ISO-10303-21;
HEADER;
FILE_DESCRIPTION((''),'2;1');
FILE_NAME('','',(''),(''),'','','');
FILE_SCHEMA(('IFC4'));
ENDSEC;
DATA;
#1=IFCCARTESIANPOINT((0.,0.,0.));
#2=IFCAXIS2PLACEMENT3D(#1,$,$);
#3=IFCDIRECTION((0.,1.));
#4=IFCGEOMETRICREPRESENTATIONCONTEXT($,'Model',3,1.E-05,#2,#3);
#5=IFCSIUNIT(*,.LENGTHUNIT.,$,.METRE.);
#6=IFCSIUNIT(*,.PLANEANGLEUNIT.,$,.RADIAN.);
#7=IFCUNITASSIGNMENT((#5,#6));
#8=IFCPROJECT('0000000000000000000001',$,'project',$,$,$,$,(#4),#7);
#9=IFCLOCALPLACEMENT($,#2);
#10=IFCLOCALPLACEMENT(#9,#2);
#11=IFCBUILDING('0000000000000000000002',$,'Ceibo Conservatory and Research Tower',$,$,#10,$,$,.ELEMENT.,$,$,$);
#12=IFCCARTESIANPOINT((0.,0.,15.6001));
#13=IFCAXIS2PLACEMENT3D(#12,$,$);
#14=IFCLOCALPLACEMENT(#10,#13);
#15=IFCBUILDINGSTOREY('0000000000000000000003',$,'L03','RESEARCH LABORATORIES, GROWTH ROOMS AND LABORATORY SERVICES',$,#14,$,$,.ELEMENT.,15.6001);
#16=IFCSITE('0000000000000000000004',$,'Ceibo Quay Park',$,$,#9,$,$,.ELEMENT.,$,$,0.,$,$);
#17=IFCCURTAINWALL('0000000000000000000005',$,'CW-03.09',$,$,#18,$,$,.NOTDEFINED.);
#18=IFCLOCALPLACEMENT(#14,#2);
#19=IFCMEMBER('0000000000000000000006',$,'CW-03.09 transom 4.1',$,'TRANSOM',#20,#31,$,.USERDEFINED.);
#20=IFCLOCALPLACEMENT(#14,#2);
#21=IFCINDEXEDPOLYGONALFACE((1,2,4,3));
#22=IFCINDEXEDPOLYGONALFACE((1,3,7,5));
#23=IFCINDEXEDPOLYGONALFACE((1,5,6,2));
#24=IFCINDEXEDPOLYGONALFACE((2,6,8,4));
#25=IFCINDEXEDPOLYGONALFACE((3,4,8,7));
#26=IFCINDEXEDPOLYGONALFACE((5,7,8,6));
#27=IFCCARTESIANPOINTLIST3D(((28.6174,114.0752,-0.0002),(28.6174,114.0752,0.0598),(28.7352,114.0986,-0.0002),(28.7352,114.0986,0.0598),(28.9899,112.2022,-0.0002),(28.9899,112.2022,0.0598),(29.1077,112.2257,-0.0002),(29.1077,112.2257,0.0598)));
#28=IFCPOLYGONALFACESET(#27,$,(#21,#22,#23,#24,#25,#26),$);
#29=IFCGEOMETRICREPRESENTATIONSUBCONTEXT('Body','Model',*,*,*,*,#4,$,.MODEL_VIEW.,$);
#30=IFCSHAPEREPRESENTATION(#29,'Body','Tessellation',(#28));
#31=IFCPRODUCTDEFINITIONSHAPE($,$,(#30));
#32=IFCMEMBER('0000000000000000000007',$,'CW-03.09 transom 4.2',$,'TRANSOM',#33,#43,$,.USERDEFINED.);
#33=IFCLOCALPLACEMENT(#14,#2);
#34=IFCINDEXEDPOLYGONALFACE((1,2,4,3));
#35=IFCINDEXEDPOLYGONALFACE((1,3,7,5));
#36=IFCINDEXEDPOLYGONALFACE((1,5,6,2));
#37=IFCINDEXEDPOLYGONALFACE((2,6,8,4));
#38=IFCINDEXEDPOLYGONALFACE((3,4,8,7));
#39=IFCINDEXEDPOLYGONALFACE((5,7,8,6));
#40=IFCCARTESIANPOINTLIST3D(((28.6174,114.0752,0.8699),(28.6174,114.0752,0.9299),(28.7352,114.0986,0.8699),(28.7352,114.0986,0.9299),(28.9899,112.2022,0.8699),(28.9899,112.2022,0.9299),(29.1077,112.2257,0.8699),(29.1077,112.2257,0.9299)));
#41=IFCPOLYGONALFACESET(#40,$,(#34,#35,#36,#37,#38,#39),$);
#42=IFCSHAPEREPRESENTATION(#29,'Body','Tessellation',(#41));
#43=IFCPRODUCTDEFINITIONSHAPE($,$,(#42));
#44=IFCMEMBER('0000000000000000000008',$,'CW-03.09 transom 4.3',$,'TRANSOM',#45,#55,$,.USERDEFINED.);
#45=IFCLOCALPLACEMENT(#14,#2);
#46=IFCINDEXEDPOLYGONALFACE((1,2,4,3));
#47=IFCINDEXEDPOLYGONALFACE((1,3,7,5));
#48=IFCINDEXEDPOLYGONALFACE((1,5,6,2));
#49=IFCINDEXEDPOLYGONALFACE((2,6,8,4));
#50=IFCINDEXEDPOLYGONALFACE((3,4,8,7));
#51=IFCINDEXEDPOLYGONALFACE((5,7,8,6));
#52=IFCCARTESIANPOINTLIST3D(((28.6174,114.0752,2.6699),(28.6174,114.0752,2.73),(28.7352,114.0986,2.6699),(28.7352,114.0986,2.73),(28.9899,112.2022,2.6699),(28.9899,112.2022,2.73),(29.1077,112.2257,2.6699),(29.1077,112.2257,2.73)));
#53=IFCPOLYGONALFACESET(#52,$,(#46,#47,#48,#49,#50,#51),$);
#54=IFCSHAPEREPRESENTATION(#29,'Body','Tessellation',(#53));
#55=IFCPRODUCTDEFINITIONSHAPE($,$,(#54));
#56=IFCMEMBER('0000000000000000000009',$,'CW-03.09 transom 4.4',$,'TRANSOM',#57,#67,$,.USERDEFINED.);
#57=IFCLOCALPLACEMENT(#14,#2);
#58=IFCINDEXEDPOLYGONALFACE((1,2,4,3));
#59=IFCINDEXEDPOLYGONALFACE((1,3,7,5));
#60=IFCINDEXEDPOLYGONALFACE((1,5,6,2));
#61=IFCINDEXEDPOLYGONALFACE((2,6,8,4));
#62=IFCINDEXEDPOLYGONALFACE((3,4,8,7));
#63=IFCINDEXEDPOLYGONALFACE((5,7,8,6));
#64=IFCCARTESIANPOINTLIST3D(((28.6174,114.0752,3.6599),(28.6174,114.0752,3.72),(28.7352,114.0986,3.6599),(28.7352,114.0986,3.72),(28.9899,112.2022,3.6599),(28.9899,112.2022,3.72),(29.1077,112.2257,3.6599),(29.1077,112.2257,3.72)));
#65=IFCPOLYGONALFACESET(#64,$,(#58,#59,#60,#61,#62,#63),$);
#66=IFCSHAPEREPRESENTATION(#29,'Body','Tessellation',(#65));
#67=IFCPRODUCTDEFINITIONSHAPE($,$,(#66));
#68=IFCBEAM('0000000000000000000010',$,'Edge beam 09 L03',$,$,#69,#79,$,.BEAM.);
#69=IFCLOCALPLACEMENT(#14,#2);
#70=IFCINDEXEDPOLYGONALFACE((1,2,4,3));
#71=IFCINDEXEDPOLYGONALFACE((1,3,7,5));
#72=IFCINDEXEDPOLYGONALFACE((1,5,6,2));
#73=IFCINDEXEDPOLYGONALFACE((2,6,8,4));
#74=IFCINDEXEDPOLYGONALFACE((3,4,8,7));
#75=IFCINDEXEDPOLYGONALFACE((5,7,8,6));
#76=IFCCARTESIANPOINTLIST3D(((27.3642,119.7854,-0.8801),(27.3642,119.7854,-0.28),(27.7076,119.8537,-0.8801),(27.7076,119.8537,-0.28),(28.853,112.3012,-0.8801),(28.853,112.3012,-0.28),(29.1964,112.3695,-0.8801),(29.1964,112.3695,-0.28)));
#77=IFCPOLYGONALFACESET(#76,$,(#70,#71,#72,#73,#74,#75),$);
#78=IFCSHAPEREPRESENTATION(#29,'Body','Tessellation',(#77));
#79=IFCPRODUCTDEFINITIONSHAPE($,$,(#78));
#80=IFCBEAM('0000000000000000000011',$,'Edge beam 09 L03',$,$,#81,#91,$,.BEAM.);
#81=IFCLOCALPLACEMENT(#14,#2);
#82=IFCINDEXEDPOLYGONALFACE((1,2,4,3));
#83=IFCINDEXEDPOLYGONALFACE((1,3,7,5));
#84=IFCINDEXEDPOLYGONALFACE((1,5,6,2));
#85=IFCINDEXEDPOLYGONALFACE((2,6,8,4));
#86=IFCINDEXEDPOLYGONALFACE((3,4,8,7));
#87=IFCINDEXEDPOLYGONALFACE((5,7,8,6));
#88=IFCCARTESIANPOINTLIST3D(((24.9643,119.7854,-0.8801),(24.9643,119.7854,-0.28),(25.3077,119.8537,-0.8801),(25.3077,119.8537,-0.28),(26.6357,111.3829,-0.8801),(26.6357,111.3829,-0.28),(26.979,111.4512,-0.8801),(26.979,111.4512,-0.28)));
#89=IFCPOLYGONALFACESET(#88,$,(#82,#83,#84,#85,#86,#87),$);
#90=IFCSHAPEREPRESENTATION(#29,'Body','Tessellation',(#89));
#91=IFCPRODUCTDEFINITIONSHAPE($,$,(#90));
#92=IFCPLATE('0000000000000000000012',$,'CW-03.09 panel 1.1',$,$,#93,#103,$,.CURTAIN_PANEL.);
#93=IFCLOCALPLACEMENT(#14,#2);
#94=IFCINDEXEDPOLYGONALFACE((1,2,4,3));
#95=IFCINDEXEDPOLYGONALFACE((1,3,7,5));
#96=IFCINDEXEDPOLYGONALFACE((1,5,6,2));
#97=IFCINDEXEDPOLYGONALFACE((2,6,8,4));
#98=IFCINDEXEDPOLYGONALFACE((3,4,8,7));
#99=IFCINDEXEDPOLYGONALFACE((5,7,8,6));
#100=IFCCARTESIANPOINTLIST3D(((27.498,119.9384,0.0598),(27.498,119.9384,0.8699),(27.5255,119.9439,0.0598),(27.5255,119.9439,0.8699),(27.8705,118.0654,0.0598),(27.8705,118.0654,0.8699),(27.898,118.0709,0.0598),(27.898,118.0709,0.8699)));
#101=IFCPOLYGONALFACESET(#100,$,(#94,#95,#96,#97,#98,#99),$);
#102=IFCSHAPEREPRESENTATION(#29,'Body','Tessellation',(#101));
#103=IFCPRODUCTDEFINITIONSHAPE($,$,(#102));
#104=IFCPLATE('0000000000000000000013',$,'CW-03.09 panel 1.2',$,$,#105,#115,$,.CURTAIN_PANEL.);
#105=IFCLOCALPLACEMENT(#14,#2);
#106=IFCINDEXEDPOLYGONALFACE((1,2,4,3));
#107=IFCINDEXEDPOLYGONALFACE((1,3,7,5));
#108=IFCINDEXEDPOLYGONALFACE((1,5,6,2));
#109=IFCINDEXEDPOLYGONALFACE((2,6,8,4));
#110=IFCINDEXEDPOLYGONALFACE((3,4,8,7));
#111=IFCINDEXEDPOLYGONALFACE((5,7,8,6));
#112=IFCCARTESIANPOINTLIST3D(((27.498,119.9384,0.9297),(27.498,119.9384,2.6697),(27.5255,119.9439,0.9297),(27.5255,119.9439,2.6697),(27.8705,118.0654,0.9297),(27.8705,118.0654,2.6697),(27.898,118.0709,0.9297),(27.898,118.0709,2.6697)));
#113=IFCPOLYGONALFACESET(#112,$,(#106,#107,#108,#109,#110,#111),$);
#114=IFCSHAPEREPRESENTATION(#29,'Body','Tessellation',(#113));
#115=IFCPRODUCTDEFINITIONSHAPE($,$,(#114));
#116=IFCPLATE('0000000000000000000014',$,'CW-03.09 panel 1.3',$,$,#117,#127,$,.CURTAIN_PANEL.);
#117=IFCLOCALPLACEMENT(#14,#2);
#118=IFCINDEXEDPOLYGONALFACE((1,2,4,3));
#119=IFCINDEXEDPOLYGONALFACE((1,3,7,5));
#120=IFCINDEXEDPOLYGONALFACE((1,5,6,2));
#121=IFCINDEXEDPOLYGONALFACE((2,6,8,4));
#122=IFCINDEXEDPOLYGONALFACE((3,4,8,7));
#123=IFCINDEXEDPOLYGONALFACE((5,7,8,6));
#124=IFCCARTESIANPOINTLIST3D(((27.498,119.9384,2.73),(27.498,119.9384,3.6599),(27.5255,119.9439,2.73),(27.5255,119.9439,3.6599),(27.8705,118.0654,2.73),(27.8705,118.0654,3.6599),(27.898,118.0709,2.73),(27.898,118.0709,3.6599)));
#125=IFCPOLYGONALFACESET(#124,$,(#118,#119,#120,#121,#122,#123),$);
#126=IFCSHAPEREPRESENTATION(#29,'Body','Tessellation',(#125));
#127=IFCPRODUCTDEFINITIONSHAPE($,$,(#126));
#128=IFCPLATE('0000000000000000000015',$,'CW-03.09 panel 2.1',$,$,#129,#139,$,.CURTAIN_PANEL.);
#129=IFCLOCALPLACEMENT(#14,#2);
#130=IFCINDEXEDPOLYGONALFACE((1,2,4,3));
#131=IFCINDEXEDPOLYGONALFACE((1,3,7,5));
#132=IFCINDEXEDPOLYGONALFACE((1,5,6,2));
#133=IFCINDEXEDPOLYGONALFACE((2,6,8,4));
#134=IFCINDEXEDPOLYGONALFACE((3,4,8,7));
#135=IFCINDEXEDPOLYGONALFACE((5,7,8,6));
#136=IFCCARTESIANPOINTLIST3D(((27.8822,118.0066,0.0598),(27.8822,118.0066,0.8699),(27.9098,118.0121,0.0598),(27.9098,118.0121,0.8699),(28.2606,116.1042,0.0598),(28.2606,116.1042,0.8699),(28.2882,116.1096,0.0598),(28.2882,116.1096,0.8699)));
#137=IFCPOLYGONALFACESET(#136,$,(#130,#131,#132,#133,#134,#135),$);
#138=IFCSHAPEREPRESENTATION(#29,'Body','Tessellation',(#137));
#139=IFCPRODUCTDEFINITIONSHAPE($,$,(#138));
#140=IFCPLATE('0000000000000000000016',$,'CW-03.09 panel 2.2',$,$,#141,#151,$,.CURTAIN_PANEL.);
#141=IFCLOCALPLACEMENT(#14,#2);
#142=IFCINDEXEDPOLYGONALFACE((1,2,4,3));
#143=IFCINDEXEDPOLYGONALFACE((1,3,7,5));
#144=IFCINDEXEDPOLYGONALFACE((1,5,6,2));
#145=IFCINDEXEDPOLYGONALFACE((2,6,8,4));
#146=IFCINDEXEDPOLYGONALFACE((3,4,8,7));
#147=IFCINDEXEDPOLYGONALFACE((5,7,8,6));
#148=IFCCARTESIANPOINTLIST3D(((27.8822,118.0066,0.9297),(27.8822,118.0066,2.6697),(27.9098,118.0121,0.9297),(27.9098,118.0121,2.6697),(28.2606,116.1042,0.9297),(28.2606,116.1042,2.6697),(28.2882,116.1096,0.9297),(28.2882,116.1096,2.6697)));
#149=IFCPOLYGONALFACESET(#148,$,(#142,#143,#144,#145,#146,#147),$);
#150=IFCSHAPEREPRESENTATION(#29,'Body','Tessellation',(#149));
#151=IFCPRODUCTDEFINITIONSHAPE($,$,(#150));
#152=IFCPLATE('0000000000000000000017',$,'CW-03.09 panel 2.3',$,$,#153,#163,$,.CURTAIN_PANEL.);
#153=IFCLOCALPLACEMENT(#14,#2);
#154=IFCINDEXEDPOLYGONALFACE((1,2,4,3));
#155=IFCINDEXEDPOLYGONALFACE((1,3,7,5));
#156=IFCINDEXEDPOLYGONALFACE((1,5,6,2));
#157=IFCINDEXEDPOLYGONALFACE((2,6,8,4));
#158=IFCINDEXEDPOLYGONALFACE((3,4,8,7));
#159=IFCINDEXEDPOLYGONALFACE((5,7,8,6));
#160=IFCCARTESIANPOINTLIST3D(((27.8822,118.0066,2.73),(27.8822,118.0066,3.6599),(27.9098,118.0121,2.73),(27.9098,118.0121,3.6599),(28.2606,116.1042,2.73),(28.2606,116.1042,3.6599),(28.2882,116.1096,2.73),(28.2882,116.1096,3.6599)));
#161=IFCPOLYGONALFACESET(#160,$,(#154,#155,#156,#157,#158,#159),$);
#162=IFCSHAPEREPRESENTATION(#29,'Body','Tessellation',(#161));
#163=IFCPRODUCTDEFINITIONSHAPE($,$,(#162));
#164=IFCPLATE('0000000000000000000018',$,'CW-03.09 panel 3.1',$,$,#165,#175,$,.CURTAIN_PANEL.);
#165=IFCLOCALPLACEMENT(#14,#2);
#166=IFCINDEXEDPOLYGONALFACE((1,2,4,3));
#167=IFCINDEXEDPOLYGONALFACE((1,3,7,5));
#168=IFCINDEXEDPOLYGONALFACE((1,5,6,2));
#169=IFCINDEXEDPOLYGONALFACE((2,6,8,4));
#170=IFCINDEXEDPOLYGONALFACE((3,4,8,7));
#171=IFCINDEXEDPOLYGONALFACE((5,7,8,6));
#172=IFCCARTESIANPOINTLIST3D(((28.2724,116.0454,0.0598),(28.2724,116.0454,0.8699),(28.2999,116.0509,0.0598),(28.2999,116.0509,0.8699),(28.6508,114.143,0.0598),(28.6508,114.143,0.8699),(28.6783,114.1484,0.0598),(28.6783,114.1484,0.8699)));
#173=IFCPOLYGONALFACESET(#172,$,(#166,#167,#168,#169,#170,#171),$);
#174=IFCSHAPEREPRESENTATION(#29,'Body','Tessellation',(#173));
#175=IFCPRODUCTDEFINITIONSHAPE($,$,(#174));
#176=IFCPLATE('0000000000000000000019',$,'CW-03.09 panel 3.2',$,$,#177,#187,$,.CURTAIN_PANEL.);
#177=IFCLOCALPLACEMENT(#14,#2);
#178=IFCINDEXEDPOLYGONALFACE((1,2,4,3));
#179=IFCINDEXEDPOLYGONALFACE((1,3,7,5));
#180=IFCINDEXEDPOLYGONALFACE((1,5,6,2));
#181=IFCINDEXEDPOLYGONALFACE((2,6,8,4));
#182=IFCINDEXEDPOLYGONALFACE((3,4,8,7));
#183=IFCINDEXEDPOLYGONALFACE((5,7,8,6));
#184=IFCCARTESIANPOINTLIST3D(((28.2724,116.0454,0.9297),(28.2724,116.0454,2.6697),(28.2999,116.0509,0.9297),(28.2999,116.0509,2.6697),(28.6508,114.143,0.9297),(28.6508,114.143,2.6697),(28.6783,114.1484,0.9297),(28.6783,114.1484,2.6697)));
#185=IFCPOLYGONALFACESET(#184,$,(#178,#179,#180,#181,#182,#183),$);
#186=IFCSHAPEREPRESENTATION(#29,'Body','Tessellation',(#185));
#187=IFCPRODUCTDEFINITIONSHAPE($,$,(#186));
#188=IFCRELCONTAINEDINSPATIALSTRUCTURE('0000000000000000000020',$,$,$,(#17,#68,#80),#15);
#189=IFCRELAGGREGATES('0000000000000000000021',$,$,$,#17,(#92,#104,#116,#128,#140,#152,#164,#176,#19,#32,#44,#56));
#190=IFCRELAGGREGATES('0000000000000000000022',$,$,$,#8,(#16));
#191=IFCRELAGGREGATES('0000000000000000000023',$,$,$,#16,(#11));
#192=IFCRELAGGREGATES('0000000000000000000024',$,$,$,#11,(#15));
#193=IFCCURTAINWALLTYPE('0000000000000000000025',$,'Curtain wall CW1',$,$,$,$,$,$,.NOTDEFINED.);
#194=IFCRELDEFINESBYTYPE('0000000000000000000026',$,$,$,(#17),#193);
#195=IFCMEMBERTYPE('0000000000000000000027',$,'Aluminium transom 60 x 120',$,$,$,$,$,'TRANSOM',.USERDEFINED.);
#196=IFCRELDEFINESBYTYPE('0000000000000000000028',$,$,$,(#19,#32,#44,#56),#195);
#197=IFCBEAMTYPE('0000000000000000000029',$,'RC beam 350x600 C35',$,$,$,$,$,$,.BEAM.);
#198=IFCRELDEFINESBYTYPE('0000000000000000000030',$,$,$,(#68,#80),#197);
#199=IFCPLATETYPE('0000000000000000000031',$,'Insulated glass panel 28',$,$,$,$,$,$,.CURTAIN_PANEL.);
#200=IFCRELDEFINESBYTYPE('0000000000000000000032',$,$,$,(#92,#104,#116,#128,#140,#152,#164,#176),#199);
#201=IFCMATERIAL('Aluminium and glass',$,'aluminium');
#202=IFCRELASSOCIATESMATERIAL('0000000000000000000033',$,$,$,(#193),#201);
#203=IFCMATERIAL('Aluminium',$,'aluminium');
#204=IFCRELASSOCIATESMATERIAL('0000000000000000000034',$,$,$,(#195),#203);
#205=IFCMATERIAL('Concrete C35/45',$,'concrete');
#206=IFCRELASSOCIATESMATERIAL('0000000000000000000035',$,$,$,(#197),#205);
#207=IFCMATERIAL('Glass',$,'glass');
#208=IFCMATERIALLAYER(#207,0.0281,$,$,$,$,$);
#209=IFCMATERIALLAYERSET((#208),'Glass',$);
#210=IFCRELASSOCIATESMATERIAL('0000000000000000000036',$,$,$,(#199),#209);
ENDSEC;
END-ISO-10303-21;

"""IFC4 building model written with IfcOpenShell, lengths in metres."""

from ifc_helpers import new_model, si_unit, direction, frame, origin, origin_2d, place, context, subcontext, project, spatial, rectangle, extrude, material, layer, layer_set, material_profile, profile_set, type_object, element, aggregate, save


model = new_model("IFC4")

# Units and contexts
model_context = context("Model", 3, precision=1e-05, world=origin(), true_north=direction((0.0, 1.0)))
body_context = subcontext(model_context, "Body", "Model", "MODEL_VIEW")
ifc_project = project(units=[si_unit("LENGTHUNIT", "METRE"), si_unit("PLANEANGLEUNIT", "RADIAN")], contexts=[model_context])

# Site, building, storey
site_placement = place(None, origin())
site = spatial("IfcSite", under=ifc_project, at=site_placement, Name="Ceibo Quay Park", CompositionType="ELEMENT", RefElevation=0.0)
building_placement = place(site_placement, origin())
building = spatial("IfcBuilding", under=site, at=building_placement, Name="Ceibo Conservatory and Research Tower", CompositionType="ELEMENT")
storey_placement = place(building_placement, frame((0.0, 0.0, 15.6001)))
storey = spatial("IfcBuildingStorey", under=building, at=storey_placement, Name="L03", Description="RESEARCH LABORATORIES, GROWTH ROOMS AND LABORATORY SERVICES", CompositionType="ELEMENT", Elevation=15.6001)

# Curtain wall, members
ifc_material_1 = material(Name="Aluminium and glass", Category="aluminium")
curtain_wall_type = type_object("IfcCurtainWallType", Name="Curtain wall CW1", PredefinedType="NOTDEFINED", material=ifc_material_1)
curtain_wall_placement = place(storey_placement, origin())
curtain_wall = element("IfcCurtainWall", 1, at=curtain_wall_placement, inside=storey, type_object=curtain_wall_type, Name="CW-03.09", PredefinedType="NOTDEFINED")
ifc_material_2 = material(Name="Aluminium", Category="aluminium")
ifc_material_profile_1 = material_profile(ifc_material_2, rectangle(XDim=0.1201, YDim=0.0601, at=origin_2d()), Name="Aluminium 60 x 120")
ifc_profile_set_1 = profile_set([ifc_material_profile_1], Name="Aluminium")
member_type_1 = type_object("IfcMemberType", Name="Aluminium transom 60 x 120", ElementType="TRANSOM", PredefinedType="USERDEFINED", material=ifc_profile_set_1)
member_1_placement = place(storey_placement, frame((28.6763, 114.0869, 0.0298), z_axis=(0.195083, -0.980787, 0.0), x_axis=(0.980787, 0.195083, 0.0)))
member_1 = element("IfcMember", 2, at=member_1_placement, type_object=member_type_1, Name="CW-03.09 transom 4.1", ObjectType="TRANSOM", PredefinedType="USERDEFINED", context=body_context, shape_type="SweptSolid", body=[
    extrude(rectangle(XDim=0.1201, YDim=0.0601, at=origin_2d()), origin(), (0.0, 0.0, 1.0), 1.9097),
])
member_2_placement = place(storey_placement, frame((28.6763, 114.0869, 0.8999), z_axis=(0.195083, -0.980787, 0.0), x_axis=(0.980787, 0.195083, 0.0)))
member_2 = element("IfcMember", 3, at=member_2_placement, type_object=member_type_1, Name="CW-03.09 transom 4.2", ObjectType="TRANSOM", PredefinedType="USERDEFINED", context=body_context, shape_type="SweptSolid", body=[
    extrude(rectangle(XDim=0.1201, YDim=0.0601, at=origin_2d()), origin(), (0.0, 0.0, 1.0), 1.9097),
])
member_3_placement = place(storey_placement, frame((28.6763, 114.0869, 2.7), z_axis=(0.195083, -0.980787, 0.0), x_axis=(0.980787, 0.195083, 0.0)))
member_3 = element("IfcMember", 4, at=member_3_placement, type_object=member_type_1, Name="CW-03.09 transom 4.3", ObjectType="TRANSOM", PredefinedType="USERDEFINED", context=body_context, shape_type="SweptSolid", body=[
    extrude(rectangle(XDim=0.1201, YDim=0.0601, at=origin_2d()), origin(), (0.0, 0.0, 1.0), 1.9097),
])
member_4_placement = place(storey_placement, frame((28.6763, 114.0869, 3.6899), z_axis=(0.195083, -0.980787, 0.0), x_axis=(0.980787, 0.195083, 0.0)))
member_4 = element("IfcMember", 5, at=member_4_placement, type_object=member_type_1, Name="CW-03.09 transom 4.4", ObjectType="TRANSOM", PredefinedType="USERDEFINED", context=body_context, shape_type="SweptSolid", body=[
    extrude(rectangle(XDim=0.1201, YDim=0.0601, at=origin_2d()), origin(), (0.0, 0.0, 1.0), 1.9097),
])

# Beams
ifc_material_3 = material(Name="Concrete C35/45", Category="concrete")
ifc_material_profile_2 = material_profile(ifc_material_3, rectangle(XDim=0.3501, YDim=0.6001, at=origin_2d()), Name="RC 350x600")
ifc_profile_set_2 = profile_set([ifc_material_profile_2], Name="Concrete C35/45")
beam_type = type_object("IfcBeamType", Name="RC beam 350x600 C35", PredefinedType="BEAM", material=ifc_profile_set_2)
beam_1_placement = place(storey_placement, frame((27.5359, 119.8196, -0.5801), z_axis=(0.195101, -0.980783, 0.0), x_axis=(0.980783, 0.195101, 0.0)))
element("IfcBeam", 6, at=beam_1_placement, inside=storey, type_object=beam_type, Name="Edge beam 09 L03", PredefinedType="BEAM", context=body_context, shape_type="SweptSolid", body=[
    extrude(rectangle(XDim=0.3501, YDim=0.6001, at=origin_2d()), origin(), (0.0, 0.0, 1.0), 7.6309),
])
beam_2_placement = place(storey_placement, frame((25.136, 119.8196, -0.5801), z_axis=(0.195091, -0.980785, 0.0), x_axis=(0.980785, 0.195091, 0.0)))
element("IfcBeam", 7, at=beam_2_placement, inside=storey, type_object=beam_type, Name="Edge beam 09 L03", PredefinedType="BEAM", context=body_context, shape_type="SweptSolid", body=[
    extrude(rectangle(XDim=0.3501, YDim=0.6001, at=origin_2d()), origin(), (0.0, 0.0, 1.0), 8.5671),
])

# Plates
ifc_material_4 = material(Name="Glass", Category="glass")
ifc_layer = layer(ifc_material_4, 0.0281)
ifc_layer_set = layer_set([ifc_layer], Name="Glass")
plate_type = type_object("IfcPlateType", Name="Insulated glass panel 28", PredefinedType="CURTAIN_PANEL", material=ifc_layer_set)
plate_1_placement = place(storey_placement, frame((27.698, 119.0046, 0.0598), z_axis=(0.0, 0.0, 1.0), x_axis=(0.19509, -0.980785, 0.0)))
plate_1 = element("IfcPlate", 8, at=plate_1_placement, type_object=plate_type, Name="CW-03.09 panel 1.1", PredefinedType="CURTAIN_PANEL", context=body_context, shape_type="SweptSolid", body=[
    extrude(rectangle(XDim=1.9097, YDim=0.0281, at=origin_2d()), origin(), (0.0, 0.0, 1.0), 0.8101),
])
plate_2_placement = place(storey_placement, frame((27.698, 119.0046, 0.9297), z_axis=(0.0, 0.0, 1.0), x_axis=(0.19509, -0.980785, 0.0)))
plate_2 = element("IfcPlate", 9, at=plate_2_placement, type_object=plate_type, Name="CW-03.09 panel 1.2", PredefinedType="CURTAIN_PANEL", context=body_context, shape_type="SweptSolid", body=[
    extrude(rectangle(XDim=1.9097, YDim=0.0281, at=origin_2d()), origin(), (0.0, 0.0, 1.0), 1.74),
])
plate_3_placement = place(storey_placement, frame((27.698, 119.0046, 2.73), z_axis=(0.0, 0.0, 1.0), x_axis=(0.19509, -0.980785, 0.0)))
plate_3 = element("IfcPlate", 10, at=plate_3_placement, type_object=plate_type, Name="CW-03.09 panel 1.3", PredefinedType="CURTAIN_PANEL", context=body_context, shape_type="SweptSolid", body=[
    extrude(rectangle(XDim=1.9097, YDim=0.0281, at=origin_2d()), origin(), (0.0, 0.0, 1.0), 0.9299),
])
plate_4_placement = place(storey_placement, frame((28.0852, 117.0581, 0.0598), z_axis=(0.0, 0.0, 1.0), x_axis=(0.19509, -0.980785, 0.0)))
plate_4 = element("IfcPlate", 11, at=plate_4_placement, type_object=plate_type, Name="CW-03.09 panel 2.1", PredefinedType="CURTAIN_PANEL", context=body_context, shape_type="SweptSolid", body=[
    extrude(rectangle(XDim=1.9397, YDim=0.0281, at=origin_2d()), origin(), (0.0, 0.0, 1.0), 0.8101),
])
plate_5_placement = place(storey_placement, frame((28.0852, 117.0581, 0.9297), z_axis=(0.0, 0.0, 1.0), x_axis=(0.19509, -0.980785, 0.0)))
plate_5 = element("IfcPlate", 12, at=plate_5_placement, type_object=plate_type, Name="CW-03.09 panel 2.2", PredefinedType="CURTAIN_PANEL", context=body_context, shape_type="SweptSolid", body=[
    extrude(rectangle(XDim=1.9397, YDim=0.0281, at=origin_2d()), origin(), (0.0, 0.0, 1.0), 1.74),
])
plate_6_placement = place(storey_placement, frame((28.0852, 117.0581, 2.73), z_axis=(0.0, 0.0, 1.0), x_axis=(0.19509, -0.980785, 0.0)))
plate_6 = element("IfcPlate", 13, at=plate_6_placement, type_object=plate_type, Name="CW-03.09 panel 2.3", PredefinedType="CURTAIN_PANEL", context=body_context, shape_type="SweptSolid", body=[
    extrude(rectangle(XDim=1.9397, YDim=0.0281, at=origin_2d()), origin(), (0.0, 0.0, 1.0), 0.9299),
])
plate_7_placement = place(storey_placement, frame((28.4753, 115.0969, 0.0598), z_axis=(0.0, 0.0, 1.0), x_axis=(0.19509, -0.980785, 0.0)))
plate_7 = element("IfcPlate", 14, at=plate_7_placement, type_object=plate_type, Name="CW-03.09 panel 3.1", PredefinedType="CURTAIN_PANEL", context=body_context, shape_type="SweptSolid", body=[
    extrude(rectangle(XDim=1.9397, YDim=0.0281, at=origin_2d()), origin(), (0.0, 0.0, 1.0), 0.8101),
])
plate_8_placement = place(storey_placement, frame((28.4753, 115.0969, 0.9297), z_axis=(0.0, 0.0, 1.0), x_axis=(0.19509, -0.980785, 0.0)))
plate_8 = element("IfcPlate", 15, at=plate_8_placement, type_object=plate_type, Name="CW-03.09 panel 3.2", PredefinedType="CURTAIN_PANEL", context=body_context, shape_type="SweptSolid", body=[
    extrude(rectangle(XDim=1.9397, YDim=0.0281, at=origin_2d()), origin(), (0.0, 0.0, 1.0), 1.74),
])
aggregate(curtain_wall, [plate_1, plate_2, plate_3, plate_4, plate_5, plate_6, plate_7, plate_8, member_1, member_2, member_3, member_4])

save(model, "model.ifc")
